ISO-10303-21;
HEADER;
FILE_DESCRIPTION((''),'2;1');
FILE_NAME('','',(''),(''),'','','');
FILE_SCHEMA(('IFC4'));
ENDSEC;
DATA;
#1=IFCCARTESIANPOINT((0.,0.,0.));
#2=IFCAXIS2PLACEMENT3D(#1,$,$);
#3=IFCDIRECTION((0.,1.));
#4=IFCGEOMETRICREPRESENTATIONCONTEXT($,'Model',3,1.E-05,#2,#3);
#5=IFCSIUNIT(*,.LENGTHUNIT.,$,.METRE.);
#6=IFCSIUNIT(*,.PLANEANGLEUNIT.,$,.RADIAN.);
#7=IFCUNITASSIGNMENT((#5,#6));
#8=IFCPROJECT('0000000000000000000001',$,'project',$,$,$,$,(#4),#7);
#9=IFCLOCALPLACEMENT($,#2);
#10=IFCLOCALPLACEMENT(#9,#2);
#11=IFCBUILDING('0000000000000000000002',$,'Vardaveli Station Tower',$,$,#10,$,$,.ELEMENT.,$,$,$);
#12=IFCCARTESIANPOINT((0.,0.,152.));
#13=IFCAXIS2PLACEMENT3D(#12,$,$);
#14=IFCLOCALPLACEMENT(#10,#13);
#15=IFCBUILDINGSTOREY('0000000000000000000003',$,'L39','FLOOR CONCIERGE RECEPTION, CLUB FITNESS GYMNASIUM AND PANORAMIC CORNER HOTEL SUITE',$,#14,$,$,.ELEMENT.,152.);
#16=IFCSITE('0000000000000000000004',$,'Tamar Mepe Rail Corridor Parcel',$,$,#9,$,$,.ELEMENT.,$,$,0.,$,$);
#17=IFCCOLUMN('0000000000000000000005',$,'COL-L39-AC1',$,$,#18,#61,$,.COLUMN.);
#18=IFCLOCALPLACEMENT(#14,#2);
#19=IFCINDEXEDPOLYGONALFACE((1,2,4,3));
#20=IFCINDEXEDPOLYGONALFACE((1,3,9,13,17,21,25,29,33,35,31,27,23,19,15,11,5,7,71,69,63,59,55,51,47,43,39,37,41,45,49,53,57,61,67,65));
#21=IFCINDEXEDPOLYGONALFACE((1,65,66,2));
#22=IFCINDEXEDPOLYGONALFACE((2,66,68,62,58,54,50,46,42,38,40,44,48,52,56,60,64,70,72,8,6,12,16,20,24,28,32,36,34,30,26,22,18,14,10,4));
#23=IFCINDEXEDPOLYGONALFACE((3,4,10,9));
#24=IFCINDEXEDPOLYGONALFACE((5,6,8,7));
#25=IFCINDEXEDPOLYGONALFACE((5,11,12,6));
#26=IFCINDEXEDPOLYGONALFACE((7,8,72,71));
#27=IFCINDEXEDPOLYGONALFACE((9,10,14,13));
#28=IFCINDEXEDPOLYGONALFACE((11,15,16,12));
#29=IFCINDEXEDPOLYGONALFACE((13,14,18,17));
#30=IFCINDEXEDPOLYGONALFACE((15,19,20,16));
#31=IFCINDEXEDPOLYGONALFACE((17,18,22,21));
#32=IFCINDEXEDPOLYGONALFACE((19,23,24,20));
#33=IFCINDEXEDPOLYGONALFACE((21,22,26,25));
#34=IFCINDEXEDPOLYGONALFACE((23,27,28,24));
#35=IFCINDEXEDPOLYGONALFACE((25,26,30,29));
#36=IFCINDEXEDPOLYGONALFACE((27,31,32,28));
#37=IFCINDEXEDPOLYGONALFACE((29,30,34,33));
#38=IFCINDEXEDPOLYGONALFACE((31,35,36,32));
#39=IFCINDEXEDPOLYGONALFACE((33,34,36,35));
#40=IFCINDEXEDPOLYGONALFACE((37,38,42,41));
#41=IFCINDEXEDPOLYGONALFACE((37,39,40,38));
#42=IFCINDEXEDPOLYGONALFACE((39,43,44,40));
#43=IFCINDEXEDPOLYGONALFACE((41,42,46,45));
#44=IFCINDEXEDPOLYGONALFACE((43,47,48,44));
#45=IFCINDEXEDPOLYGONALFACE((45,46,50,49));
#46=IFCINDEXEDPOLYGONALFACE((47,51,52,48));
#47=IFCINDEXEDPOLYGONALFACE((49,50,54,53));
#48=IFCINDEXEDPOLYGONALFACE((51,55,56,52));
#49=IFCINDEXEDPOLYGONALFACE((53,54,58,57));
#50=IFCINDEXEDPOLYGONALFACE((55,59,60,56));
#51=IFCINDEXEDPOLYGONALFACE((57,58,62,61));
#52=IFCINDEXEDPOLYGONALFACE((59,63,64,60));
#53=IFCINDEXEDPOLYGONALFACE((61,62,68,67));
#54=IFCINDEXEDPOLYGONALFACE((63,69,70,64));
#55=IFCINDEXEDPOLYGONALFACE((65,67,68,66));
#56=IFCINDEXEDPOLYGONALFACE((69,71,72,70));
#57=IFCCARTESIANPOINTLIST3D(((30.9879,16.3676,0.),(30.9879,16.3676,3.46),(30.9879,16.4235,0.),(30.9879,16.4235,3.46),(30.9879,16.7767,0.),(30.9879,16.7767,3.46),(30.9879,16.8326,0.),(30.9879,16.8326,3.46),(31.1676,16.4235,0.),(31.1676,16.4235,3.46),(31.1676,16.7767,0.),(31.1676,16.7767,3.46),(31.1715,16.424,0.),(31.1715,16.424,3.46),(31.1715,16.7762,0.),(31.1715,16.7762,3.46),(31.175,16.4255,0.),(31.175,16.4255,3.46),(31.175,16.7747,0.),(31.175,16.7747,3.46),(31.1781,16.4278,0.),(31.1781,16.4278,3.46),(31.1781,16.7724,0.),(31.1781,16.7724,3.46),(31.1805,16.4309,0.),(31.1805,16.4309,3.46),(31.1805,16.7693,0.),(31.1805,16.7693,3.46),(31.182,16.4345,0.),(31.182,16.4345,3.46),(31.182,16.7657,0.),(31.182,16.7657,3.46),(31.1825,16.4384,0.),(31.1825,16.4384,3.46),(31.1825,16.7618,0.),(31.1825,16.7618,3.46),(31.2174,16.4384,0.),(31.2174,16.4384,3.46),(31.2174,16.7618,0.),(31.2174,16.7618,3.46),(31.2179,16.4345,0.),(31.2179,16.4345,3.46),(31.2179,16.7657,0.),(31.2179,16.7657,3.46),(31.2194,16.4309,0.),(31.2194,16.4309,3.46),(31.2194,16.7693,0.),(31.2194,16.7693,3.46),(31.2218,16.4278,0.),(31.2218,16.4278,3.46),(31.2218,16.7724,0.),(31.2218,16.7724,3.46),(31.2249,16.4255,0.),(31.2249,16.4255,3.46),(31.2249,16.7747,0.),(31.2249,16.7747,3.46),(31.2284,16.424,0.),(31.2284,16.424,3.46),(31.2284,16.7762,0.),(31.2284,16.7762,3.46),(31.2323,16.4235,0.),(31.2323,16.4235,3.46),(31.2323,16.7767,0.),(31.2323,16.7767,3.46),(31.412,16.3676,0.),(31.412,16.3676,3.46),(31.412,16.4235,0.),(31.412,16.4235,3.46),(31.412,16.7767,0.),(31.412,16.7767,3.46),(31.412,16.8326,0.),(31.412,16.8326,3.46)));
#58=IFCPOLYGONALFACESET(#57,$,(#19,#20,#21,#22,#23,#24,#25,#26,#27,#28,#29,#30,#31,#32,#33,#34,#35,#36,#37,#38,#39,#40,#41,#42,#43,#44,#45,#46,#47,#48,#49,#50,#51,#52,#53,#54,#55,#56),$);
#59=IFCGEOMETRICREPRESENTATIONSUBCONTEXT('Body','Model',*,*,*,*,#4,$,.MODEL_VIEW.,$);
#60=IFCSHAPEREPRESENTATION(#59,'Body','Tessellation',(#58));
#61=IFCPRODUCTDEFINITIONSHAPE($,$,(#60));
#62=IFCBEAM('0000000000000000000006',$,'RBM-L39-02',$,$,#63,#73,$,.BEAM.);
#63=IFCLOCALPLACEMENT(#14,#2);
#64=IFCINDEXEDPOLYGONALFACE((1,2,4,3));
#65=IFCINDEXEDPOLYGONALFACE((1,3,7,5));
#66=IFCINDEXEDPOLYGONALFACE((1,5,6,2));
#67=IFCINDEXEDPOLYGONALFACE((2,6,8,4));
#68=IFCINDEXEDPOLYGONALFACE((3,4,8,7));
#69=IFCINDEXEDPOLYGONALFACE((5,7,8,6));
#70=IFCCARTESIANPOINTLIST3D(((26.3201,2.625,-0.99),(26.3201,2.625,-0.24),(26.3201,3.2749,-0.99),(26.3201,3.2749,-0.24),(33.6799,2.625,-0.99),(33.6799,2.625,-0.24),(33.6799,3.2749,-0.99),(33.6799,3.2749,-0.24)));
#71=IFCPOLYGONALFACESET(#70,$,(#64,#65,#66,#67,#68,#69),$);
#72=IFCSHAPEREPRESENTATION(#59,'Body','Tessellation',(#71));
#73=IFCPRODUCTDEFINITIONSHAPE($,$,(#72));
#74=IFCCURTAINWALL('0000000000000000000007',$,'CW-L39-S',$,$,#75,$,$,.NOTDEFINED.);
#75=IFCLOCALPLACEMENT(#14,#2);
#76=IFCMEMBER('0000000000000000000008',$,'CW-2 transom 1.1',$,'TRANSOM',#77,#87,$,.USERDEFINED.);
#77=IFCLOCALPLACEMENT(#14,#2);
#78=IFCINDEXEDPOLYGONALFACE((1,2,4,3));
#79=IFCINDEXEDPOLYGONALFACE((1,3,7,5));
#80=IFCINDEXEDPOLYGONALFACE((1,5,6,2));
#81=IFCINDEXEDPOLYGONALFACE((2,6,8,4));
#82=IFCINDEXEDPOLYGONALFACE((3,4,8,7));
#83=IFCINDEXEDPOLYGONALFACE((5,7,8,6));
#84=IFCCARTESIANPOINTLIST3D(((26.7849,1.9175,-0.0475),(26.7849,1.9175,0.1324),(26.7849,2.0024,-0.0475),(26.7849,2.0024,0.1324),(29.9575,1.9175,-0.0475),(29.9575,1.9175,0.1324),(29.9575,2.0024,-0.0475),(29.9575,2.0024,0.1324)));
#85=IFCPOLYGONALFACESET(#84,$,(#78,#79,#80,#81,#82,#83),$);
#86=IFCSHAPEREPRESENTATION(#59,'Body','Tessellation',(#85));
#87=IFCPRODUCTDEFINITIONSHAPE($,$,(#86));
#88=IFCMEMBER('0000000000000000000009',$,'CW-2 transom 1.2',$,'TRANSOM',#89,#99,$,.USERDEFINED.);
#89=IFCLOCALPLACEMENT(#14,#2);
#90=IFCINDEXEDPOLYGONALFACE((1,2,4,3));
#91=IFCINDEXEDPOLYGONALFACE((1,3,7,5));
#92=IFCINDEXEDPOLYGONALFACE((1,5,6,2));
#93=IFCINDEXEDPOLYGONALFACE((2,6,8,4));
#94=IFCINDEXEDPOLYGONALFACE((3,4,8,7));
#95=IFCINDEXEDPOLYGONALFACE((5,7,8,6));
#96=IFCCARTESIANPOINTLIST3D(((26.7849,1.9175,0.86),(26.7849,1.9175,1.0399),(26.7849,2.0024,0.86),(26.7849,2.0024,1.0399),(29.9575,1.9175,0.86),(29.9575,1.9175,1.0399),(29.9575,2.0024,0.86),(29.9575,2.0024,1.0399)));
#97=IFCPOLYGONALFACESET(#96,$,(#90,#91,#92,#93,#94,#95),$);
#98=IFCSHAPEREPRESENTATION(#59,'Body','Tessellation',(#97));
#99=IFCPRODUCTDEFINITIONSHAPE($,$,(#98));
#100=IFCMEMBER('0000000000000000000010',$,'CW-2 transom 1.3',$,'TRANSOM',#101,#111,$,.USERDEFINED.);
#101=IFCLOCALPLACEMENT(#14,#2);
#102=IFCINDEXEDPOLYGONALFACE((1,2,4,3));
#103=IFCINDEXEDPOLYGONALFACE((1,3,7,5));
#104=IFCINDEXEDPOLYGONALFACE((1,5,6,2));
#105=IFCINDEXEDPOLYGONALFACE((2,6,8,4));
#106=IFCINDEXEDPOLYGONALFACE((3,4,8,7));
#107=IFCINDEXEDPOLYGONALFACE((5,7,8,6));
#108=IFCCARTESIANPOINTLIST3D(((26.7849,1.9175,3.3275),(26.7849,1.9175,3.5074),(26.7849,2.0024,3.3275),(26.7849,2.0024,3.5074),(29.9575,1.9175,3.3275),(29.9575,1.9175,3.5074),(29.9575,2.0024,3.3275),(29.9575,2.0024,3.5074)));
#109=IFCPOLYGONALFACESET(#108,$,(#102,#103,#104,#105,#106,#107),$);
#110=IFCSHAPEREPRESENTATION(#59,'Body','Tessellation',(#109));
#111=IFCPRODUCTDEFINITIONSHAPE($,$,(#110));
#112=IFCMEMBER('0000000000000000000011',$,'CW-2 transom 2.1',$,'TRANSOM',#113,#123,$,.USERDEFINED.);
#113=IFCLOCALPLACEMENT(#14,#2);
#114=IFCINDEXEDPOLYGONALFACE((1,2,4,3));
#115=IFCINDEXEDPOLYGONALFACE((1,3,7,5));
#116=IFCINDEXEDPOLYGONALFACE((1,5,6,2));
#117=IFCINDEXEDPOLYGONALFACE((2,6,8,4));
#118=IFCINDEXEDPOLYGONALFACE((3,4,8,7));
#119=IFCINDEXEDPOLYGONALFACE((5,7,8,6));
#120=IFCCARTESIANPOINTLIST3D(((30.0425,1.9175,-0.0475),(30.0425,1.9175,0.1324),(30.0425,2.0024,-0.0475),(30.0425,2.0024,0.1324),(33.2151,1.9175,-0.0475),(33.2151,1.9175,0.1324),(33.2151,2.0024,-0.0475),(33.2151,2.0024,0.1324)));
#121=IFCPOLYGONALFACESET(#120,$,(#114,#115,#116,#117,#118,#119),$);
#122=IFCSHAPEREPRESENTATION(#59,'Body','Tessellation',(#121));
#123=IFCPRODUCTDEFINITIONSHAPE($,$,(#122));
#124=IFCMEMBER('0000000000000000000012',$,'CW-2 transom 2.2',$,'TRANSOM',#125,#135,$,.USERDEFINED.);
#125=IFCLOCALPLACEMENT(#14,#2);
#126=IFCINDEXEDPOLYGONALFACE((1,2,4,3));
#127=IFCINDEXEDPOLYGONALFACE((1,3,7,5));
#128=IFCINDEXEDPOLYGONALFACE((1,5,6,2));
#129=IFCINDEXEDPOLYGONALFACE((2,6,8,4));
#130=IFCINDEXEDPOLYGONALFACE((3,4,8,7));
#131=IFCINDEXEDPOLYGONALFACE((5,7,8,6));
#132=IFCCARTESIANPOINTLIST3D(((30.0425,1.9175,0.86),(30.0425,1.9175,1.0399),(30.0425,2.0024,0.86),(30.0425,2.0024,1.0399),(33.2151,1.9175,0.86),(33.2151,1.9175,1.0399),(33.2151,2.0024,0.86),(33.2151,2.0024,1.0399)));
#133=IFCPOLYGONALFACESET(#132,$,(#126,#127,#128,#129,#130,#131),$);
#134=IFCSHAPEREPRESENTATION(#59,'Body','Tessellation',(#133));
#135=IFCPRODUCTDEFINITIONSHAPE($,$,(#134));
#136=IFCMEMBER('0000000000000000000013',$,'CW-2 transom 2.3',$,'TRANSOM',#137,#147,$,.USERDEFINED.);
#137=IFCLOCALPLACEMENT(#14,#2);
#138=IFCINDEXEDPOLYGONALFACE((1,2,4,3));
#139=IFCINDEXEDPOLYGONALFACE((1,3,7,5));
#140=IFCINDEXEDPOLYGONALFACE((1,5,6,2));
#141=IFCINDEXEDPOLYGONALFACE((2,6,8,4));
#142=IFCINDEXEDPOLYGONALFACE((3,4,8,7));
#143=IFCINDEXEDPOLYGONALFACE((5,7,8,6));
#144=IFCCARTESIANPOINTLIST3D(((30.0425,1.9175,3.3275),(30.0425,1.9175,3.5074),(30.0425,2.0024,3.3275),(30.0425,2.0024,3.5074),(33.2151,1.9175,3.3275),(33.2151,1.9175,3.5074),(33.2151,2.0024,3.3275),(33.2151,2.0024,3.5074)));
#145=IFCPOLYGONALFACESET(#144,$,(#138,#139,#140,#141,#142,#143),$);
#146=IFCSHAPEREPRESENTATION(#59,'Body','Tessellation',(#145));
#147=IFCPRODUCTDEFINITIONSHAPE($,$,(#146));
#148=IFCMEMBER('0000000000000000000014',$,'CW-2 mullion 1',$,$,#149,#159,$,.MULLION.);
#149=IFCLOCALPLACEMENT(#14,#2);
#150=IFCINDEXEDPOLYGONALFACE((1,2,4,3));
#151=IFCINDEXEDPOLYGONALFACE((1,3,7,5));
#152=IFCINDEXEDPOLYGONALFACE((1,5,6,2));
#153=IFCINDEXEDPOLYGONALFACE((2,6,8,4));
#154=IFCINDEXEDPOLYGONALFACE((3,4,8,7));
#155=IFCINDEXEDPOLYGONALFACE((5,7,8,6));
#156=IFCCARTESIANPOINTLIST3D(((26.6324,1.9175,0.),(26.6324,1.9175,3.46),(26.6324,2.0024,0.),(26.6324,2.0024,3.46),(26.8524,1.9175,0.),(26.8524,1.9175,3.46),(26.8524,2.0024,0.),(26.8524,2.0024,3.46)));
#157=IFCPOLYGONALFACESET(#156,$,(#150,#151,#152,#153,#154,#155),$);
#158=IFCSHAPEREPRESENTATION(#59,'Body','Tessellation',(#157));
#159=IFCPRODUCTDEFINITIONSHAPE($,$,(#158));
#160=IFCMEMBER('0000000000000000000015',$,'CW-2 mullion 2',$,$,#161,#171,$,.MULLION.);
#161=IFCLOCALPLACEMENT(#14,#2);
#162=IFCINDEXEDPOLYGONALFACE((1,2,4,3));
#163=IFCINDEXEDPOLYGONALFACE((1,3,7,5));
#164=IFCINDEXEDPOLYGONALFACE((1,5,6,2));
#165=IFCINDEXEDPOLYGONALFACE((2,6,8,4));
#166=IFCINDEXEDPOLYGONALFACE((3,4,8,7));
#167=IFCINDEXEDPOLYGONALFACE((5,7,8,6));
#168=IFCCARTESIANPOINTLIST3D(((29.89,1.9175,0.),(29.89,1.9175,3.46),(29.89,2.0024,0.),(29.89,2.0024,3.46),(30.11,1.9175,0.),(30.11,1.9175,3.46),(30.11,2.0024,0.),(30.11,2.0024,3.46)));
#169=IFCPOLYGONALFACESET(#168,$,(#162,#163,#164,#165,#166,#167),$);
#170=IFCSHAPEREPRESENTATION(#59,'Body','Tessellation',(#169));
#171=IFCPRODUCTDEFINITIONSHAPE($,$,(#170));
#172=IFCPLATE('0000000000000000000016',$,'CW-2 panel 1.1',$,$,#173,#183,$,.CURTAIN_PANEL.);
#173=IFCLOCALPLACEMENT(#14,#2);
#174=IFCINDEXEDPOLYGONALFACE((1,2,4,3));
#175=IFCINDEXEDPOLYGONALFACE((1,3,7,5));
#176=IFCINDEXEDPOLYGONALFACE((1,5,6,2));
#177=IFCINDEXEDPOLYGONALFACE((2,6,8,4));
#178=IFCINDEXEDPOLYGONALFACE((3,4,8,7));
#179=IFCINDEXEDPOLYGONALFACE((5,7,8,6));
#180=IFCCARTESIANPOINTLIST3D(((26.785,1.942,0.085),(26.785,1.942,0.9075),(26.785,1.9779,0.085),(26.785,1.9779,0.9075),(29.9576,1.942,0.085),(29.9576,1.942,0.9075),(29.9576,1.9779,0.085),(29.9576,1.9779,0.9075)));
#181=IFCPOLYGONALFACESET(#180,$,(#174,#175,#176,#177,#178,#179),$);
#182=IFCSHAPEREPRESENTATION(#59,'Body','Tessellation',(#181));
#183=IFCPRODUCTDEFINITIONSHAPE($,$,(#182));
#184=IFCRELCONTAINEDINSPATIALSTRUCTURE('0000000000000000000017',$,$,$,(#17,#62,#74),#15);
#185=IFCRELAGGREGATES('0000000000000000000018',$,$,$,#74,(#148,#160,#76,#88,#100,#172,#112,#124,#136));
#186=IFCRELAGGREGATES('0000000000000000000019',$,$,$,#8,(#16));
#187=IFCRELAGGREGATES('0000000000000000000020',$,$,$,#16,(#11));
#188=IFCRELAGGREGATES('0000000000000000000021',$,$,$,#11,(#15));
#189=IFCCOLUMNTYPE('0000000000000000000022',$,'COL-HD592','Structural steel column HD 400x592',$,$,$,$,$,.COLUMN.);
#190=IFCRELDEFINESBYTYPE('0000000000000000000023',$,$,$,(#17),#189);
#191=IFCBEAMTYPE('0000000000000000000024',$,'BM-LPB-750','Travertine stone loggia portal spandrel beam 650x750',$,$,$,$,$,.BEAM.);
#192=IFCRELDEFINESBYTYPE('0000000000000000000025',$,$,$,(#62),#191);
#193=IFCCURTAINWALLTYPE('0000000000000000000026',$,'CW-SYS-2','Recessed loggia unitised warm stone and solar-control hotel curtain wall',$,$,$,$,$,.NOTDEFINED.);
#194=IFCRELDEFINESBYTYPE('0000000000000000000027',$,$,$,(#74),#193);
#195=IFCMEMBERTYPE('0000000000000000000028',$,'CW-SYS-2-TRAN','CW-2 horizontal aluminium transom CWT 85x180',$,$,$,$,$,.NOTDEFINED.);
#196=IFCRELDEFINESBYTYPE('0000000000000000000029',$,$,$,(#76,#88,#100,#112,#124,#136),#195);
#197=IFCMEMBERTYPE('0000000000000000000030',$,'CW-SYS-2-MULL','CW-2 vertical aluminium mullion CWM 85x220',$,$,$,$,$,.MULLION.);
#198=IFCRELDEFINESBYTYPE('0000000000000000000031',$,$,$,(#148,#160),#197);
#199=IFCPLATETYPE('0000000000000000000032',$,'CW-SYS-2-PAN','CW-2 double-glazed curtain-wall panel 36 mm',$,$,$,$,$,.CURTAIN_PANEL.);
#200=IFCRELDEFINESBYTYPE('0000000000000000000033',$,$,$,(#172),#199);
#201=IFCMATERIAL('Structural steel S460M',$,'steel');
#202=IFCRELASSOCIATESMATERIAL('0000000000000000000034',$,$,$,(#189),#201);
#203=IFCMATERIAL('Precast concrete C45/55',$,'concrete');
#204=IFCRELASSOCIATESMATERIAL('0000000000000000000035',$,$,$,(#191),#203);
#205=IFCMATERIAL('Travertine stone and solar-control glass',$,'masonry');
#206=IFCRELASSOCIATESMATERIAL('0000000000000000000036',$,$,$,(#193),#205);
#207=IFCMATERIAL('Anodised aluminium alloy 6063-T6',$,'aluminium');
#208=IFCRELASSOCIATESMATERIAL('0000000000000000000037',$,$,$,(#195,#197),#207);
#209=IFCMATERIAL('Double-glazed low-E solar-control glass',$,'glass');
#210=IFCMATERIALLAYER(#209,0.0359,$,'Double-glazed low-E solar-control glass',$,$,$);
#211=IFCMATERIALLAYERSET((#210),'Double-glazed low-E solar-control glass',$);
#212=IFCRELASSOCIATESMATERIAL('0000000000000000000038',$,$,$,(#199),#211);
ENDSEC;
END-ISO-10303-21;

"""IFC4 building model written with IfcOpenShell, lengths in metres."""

from ifc_helpers import new_model, si_unit, direction, frame, origin, origin_2d, place, context, subcontext, project, spatial, rectangle, i_section, extrude, source, transform, mapped, material, layer, layer_set, material_profile, profile_set, type_object, element, aggregate, save


model = new_model("IFC4")

# Units and contexts
model_context = context("Model", 3, precision=1e-05, world=origin(), true_north=direction((0.0, 1.0)))
body_context = subcontext(model_context, "Body", "Model", "MODEL_VIEW")
ifc_project = project(units=[si_unit("LENGTHUNIT", "METRE"), si_unit("PLANEANGLEUNIT", "RADIAN")], contexts=[model_context])

# Site, building, storey
site_placement = place(None, origin())
site = spatial("IfcSite", under=ifc_project, at=site_placement, Name="Tamar Mepe Rail Corridor Parcel", CompositionType="ELEMENT", RefElevation=0.0)
building_placement = place(site_placement, origin())
building = spatial("IfcBuilding", under=site, at=building_placement, Name="Vardaveli Station Tower", CompositionType="ELEMENT")
storey_placement = place(building_placement, frame((0.0, 0.0, 152.0)))
storey = spatial("IfcBuildingStorey", under=building, at=storey_placement, Name="L39", Description="FLOOR CONCIERGE RECEPTION, CLUB FITNESS GYMNASIUM AND PANORAMIC CORNER HOTEL SUITE", CompositionType="ELEMENT", Elevation=152.0)

# Column
ifc_material_1 = material(Name="Structural steel S460M", Category="steel")
ifc_material_profile_1 = material_profile(ifc_material_1, i_section(OverallWidth=0.4241, OverallDepth=0.4651, WebThickness=0.0349, FlangeThickness=0.0559, FilletRadius=0.0149, at=origin_2d()), Name="HD 400x592")
ifc_profile_set_1 = profile_set([ifc_material_profile_1], Name="Structural steel S460M")
column_type = type_object("IfcColumnType", Name="COL-HD592", Description="Structural steel column HD 400x592", PredefinedType="COLUMN", material=ifc_profile_set_1)
shared_shape_1 = source(origin(), body_context, "Body", "SweptSolid", [
    extrude(i_section(OverallWidth=0.4241, OverallDepth=0.4651, WebThickness=0.0349, FlangeThickness=0.0559, FilletRadius=0.0149, at=origin_2d()), origin(), (0.0, 0.0, 1.0), 3.46),
])
column_placement = place(storey_placement, frame((31.2, 16.6001, 0.0), z_axis=(0.0, 0.0, 1.0), x_axis=(1.0, 0.0, 0.0)))
element("IfcColumn", 1, at=column_placement, inside=storey, type_object=column_type, Name="COL-L39-AC1", PredefinedType="COLUMN", context=body_context, shape_type="MappedRepresentation", body=[
    mapped(shared_shape_1, transform((0.0, 0.0, 0.0), scale=1.0)),
])

# Beam
ifc_material_2 = material(Name="Precast concrete C45/55", Category="concrete")
ifc_material_profile_2 = material_profile(ifc_material_2, rectangle(XDim=0.6499, YDim=0.75, at=origin_2d()), Name="LPB 650x750")
ifc_profile_set_2 = profile_set([ifc_material_profile_2], Name="Precast concrete C45/55")
beam_type = type_object("IfcBeamType", Name="BM-LPB-750", Description="Travertine stone loggia portal spandrel beam 650x750", PredefinedType="BEAM", material=ifc_profile_set_2)
shared_shape_2 = source(origin(), body_context, "Body", "SweptSolid", [
    extrude(rectangle(XDim=0.6499, YDim=0.75, at=origin_2d()), origin(), (0.0, 0.0, 1.0), 7.3599),
])
beam_placement = place(storey_placement, frame((26.3201, 2.95, -0.615), z_axis=(1.0, 0.0, 0.0), x_axis=(0.0, 1.0, 0.0)))
element("IfcBeam", 2, at=beam_placement, inside=storey, type_object=beam_type, Name="RBM-L39-02", PredefinedType="BEAM", context=body_context, shape_type="MappedRepresentation", body=[
    mapped(shared_shape_2, transform((0.0, 0.0, 0.0), scale=1.0)),
])

# Curtain wall, members, plate
ifc_material_3 = material(Name="Travertine stone and solar-control glass", Category="masonry")
curtain_wall_type = type_object("IfcCurtainWallType", Name="CW-SYS-2", Description="Recessed loggia unitised warm stone and solar-control hotel curtain wall", PredefinedType="NOTDEFINED", material=ifc_material_3)
curtain_wall_placement = place(storey_placement, origin())
curtain_wall = element("IfcCurtainWall", 3, at=curtain_wall_placement, inside=storey, type_object=curtain_wall_type, Name="CW-L39-S", PredefinedType="NOTDEFINED")
ifc_material_4 = material(Name="Anodised aluminium alloy 6063-T6", Category="aluminium")
ifc_material_profile_3 = material_profile(ifc_material_4, rectangle(XDim=0.085, YDim=0.1799, at=origin_2d()), Name="CWT 85x180")
ifc_profile_set_3 = profile_set([ifc_material_profile_3], Name="Anodised aluminium alloy 6063-T6")
member_type_1 = type_object("IfcMemberType", Name="CW-SYS-2-TRAN", Description="CW-2 horizontal aluminium transom CWT 85x180", PredefinedType="NOTDEFINED", material=ifc_profile_set_3)
shared_shape_3 = source(origin(), body_context, "Body", "SweptSolid", [
    extrude(rectangle(XDim=0.085, YDim=0.1799, at=origin_2d()), origin(), (0.0, 0.0, 1.0), 3.1726),
])
member_1_placement = place(storey_placement, frame((26.7849, 1.96, 0.0425), z_axis=(1.0, 0.0, 0.0), x_axis=(0.0, 1.0, 0.0)))
member_1 = element("IfcMember", 4, at=member_1_placement, type_object=member_type_1, Name="CW-2 transom 1.1", ObjectType="TRANSOM", PredefinedType="USERDEFINED", context=body_context, shape_type="MappedRepresentation", body=[
    mapped(shared_shape_3, transform((0.0, 0.0, 0.0), scale=1.0)),
])
member_2_placement = place(storey_placement, frame((26.7849, 1.96, 0.95), z_axis=(1.0, 0.0, 0.0), x_axis=(0.0, 1.0, 0.0)))
member_2 = element("IfcMember", 5, at=member_2_placement, type_object=member_type_1, Name="CW-2 transom 1.2", ObjectType="TRANSOM", PredefinedType="USERDEFINED", context=body_context, shape_type="MappedRepresentation", body=[
    mapped(shared_shape_3, transform((0.0, 0.0, 0.0), scale=1.0)),
])
member_3_placement = place(storey_placement, frame((26.7849, 1.96, 3.4175), z_axis=(1.0, 0.0, 0.0), x_axis=(0.0, 1.0, 0.0)))
member_3 = element("IfcMember", 6, at=member_3_placement, type_object=member_type_1, Name="CW-2 transom 1.3", ObjectType="TRANSOM", PredefinedType="USERDEFINED", context=body_context, shape_type="MappedRepresentation", body=[
    mapped(shared_shape_3, transform((0.0, 0.0, 0.0), scale=1.0)),
])
member_4_placement = place(storey_placement, frame((30.0425, 1.96, 0.0425), z_axis=(1.0, 0.0, 0.0), x_axis=(0.0, 1.0, 0.0)))
member_4 = element("IfcMember", 7, at=member_4_placement, type_object=member_type_1, Name="CW-2 transom 2.1", ObjectType="TRANSOM", PredefinedType="USERDEFINED", context=body_context, shape_type="MappedRepresentation", body=[
    mapped(shared_shape_3, transform((0.0, 0.0, 0.0), scale=1.0)),
])
member_5_placement = place(storey_placement, frame((30.0425, 1.96, 0.95), z_axis=(1.0, 0.0, 0.0), x_axis=(0.0, 1.0, 0.0)))
member_5 = element("IfcMember", 8, at=member_5_placement, type_object=member_type_1, Name="CW-2 transom 2.2", ObjectType="TRANSOM", PredefinedType="USERDEFINED", context=body_context, shape_type="MappedRepresentation", body=[
    mapped(shared_shape_3, transform((0.0, 0.0, 0.0), scale=1.0)),
])
member_6_placement = place(storey_placement, frame((30.0425, 1.96, 3.4175), z_axis=(1.0, 0.0, 0.0), x_axis=(0.0, 1.0, 0.0)))
member_6 = element("IfcMember", 9, at=member_6_placement, type_object=member_type_1, Name="CW-2 transom 2.3", ObjectType="TRANSOM", PredefinedType="USERDEFINED", context=body_context, shape_type="MappedRepresentation", body=[
    mapped(shared_shape_3, transform((0.0, 0.0, 0.0), scale=1.0)),
])
ifc_material_profile_4 = material_profile(ifc_material_4, rectangle(XDim=0.085, YDim=0.22, at=origin_2d()), Name="CWM 85x220")
ifc_profile_set_4 = profile_set([ifc_material_profile_4], Name="Anodised aluminium alloy 6063-T6")
member_type_2 = type_object("IfcMemberType", Name="CW-SYS-2-MULL", Description="CW-2 vertical aluminium mullion CWM 85x220", PredefinedType="MULLION", material=ifc_profile_set_4)
shared_shape_4 = source(origin(), body_context, "Body", "SweptSolid", [
    extrude(rectangle(XDim=0.085, YDim=0.22, at=origin_2d()), origin(), (0.0, 0.0, 1.0), 3.46),
])
member_7_placement = place(storey_placement, frame((26.7424, 1.96, 0.0), z_axis=(0.0, 0.0, 1.0), x_axis=(0.0, 1.0, 0.0)))
member_7 = element("IfcMember", 10, at=member_7_placement, type_object=member_type_2, Name="CW-2 mullion 1", PredefinedType="MULLION", context=body_context, shape_type="MappedRepresentation", body=[
    mapped(shared_shape_4, transform((0.0, 0.0, 0.0), scale=1.0)),
])
member_8_placement = place(storey_placement, frame((30.0, 1.96, 0.0), z_axis=(0.0, 0.0, 1.0), x_axis=(0.0, 1.0, 0.0)))
member_8 = element("IfcMember", 11, at=member_8_placement, type_object=member_type_2, Name="CW-2 mullion 2", PredefinedType="MULLION", context=body_context, shape_type="MappedRepresentation", body=[
    mapped(shared_shape_4, transform((0.0, 0.0, 0.0), scale=1.0)),
])
ifc_material_5 = material(Name="Double-glazed low-E solar-control glass", Category="glass")
ifc_layer_1 = layer(ifc_material_5, 0.0359, Name="Double-glazed low-E solar-control glass")
ifc_layer_set_1 = layer_set([ifc_layer_1], Name="Double-glazed low-E solar-control glass")
plate_type = type_object("IfcPlateType", Name="CW-SYS-2-PAN", Description="CW-2 double-glazed curtain-wall panel 36 mm", PredefinedType="CURTAIN_PANEL", material=ifc_layer_set_1)
shared_shape_5 = source(origin(), body_context, "Body", "SweptSolid", [
    extrude(rectangle(XDim=3.1726, YDim=0.0359, at=origin_2d()), origin(), (0.0, 0.0, 1.0), 0.8225),
])
plate_1_placement = place(storey_placement, frame((28.3713, 1.96, 0.085), z_axis=(0.0, 0.0, 1.0), x_axis=(1.0, 0.0, 0.0)))
plate_1 = element("IfcPlate", 12, at=plate_1_placement, type_object=plate_type, Name="CW-2 panel 1.1", PredefinedType="CURTAIN_PANEL", context=body_context, shape_type="MappedRepresentation", body=[
    mapped(shared_shape_5, transform((0.0, 0.0, 0.0), scale=1.0)),
])
aggregate(curtain_wall, [member_7, member_8, member_1, member_2, member_3, plate_1, member_4, member_5, member_6])

save(model, "model.ifc")
